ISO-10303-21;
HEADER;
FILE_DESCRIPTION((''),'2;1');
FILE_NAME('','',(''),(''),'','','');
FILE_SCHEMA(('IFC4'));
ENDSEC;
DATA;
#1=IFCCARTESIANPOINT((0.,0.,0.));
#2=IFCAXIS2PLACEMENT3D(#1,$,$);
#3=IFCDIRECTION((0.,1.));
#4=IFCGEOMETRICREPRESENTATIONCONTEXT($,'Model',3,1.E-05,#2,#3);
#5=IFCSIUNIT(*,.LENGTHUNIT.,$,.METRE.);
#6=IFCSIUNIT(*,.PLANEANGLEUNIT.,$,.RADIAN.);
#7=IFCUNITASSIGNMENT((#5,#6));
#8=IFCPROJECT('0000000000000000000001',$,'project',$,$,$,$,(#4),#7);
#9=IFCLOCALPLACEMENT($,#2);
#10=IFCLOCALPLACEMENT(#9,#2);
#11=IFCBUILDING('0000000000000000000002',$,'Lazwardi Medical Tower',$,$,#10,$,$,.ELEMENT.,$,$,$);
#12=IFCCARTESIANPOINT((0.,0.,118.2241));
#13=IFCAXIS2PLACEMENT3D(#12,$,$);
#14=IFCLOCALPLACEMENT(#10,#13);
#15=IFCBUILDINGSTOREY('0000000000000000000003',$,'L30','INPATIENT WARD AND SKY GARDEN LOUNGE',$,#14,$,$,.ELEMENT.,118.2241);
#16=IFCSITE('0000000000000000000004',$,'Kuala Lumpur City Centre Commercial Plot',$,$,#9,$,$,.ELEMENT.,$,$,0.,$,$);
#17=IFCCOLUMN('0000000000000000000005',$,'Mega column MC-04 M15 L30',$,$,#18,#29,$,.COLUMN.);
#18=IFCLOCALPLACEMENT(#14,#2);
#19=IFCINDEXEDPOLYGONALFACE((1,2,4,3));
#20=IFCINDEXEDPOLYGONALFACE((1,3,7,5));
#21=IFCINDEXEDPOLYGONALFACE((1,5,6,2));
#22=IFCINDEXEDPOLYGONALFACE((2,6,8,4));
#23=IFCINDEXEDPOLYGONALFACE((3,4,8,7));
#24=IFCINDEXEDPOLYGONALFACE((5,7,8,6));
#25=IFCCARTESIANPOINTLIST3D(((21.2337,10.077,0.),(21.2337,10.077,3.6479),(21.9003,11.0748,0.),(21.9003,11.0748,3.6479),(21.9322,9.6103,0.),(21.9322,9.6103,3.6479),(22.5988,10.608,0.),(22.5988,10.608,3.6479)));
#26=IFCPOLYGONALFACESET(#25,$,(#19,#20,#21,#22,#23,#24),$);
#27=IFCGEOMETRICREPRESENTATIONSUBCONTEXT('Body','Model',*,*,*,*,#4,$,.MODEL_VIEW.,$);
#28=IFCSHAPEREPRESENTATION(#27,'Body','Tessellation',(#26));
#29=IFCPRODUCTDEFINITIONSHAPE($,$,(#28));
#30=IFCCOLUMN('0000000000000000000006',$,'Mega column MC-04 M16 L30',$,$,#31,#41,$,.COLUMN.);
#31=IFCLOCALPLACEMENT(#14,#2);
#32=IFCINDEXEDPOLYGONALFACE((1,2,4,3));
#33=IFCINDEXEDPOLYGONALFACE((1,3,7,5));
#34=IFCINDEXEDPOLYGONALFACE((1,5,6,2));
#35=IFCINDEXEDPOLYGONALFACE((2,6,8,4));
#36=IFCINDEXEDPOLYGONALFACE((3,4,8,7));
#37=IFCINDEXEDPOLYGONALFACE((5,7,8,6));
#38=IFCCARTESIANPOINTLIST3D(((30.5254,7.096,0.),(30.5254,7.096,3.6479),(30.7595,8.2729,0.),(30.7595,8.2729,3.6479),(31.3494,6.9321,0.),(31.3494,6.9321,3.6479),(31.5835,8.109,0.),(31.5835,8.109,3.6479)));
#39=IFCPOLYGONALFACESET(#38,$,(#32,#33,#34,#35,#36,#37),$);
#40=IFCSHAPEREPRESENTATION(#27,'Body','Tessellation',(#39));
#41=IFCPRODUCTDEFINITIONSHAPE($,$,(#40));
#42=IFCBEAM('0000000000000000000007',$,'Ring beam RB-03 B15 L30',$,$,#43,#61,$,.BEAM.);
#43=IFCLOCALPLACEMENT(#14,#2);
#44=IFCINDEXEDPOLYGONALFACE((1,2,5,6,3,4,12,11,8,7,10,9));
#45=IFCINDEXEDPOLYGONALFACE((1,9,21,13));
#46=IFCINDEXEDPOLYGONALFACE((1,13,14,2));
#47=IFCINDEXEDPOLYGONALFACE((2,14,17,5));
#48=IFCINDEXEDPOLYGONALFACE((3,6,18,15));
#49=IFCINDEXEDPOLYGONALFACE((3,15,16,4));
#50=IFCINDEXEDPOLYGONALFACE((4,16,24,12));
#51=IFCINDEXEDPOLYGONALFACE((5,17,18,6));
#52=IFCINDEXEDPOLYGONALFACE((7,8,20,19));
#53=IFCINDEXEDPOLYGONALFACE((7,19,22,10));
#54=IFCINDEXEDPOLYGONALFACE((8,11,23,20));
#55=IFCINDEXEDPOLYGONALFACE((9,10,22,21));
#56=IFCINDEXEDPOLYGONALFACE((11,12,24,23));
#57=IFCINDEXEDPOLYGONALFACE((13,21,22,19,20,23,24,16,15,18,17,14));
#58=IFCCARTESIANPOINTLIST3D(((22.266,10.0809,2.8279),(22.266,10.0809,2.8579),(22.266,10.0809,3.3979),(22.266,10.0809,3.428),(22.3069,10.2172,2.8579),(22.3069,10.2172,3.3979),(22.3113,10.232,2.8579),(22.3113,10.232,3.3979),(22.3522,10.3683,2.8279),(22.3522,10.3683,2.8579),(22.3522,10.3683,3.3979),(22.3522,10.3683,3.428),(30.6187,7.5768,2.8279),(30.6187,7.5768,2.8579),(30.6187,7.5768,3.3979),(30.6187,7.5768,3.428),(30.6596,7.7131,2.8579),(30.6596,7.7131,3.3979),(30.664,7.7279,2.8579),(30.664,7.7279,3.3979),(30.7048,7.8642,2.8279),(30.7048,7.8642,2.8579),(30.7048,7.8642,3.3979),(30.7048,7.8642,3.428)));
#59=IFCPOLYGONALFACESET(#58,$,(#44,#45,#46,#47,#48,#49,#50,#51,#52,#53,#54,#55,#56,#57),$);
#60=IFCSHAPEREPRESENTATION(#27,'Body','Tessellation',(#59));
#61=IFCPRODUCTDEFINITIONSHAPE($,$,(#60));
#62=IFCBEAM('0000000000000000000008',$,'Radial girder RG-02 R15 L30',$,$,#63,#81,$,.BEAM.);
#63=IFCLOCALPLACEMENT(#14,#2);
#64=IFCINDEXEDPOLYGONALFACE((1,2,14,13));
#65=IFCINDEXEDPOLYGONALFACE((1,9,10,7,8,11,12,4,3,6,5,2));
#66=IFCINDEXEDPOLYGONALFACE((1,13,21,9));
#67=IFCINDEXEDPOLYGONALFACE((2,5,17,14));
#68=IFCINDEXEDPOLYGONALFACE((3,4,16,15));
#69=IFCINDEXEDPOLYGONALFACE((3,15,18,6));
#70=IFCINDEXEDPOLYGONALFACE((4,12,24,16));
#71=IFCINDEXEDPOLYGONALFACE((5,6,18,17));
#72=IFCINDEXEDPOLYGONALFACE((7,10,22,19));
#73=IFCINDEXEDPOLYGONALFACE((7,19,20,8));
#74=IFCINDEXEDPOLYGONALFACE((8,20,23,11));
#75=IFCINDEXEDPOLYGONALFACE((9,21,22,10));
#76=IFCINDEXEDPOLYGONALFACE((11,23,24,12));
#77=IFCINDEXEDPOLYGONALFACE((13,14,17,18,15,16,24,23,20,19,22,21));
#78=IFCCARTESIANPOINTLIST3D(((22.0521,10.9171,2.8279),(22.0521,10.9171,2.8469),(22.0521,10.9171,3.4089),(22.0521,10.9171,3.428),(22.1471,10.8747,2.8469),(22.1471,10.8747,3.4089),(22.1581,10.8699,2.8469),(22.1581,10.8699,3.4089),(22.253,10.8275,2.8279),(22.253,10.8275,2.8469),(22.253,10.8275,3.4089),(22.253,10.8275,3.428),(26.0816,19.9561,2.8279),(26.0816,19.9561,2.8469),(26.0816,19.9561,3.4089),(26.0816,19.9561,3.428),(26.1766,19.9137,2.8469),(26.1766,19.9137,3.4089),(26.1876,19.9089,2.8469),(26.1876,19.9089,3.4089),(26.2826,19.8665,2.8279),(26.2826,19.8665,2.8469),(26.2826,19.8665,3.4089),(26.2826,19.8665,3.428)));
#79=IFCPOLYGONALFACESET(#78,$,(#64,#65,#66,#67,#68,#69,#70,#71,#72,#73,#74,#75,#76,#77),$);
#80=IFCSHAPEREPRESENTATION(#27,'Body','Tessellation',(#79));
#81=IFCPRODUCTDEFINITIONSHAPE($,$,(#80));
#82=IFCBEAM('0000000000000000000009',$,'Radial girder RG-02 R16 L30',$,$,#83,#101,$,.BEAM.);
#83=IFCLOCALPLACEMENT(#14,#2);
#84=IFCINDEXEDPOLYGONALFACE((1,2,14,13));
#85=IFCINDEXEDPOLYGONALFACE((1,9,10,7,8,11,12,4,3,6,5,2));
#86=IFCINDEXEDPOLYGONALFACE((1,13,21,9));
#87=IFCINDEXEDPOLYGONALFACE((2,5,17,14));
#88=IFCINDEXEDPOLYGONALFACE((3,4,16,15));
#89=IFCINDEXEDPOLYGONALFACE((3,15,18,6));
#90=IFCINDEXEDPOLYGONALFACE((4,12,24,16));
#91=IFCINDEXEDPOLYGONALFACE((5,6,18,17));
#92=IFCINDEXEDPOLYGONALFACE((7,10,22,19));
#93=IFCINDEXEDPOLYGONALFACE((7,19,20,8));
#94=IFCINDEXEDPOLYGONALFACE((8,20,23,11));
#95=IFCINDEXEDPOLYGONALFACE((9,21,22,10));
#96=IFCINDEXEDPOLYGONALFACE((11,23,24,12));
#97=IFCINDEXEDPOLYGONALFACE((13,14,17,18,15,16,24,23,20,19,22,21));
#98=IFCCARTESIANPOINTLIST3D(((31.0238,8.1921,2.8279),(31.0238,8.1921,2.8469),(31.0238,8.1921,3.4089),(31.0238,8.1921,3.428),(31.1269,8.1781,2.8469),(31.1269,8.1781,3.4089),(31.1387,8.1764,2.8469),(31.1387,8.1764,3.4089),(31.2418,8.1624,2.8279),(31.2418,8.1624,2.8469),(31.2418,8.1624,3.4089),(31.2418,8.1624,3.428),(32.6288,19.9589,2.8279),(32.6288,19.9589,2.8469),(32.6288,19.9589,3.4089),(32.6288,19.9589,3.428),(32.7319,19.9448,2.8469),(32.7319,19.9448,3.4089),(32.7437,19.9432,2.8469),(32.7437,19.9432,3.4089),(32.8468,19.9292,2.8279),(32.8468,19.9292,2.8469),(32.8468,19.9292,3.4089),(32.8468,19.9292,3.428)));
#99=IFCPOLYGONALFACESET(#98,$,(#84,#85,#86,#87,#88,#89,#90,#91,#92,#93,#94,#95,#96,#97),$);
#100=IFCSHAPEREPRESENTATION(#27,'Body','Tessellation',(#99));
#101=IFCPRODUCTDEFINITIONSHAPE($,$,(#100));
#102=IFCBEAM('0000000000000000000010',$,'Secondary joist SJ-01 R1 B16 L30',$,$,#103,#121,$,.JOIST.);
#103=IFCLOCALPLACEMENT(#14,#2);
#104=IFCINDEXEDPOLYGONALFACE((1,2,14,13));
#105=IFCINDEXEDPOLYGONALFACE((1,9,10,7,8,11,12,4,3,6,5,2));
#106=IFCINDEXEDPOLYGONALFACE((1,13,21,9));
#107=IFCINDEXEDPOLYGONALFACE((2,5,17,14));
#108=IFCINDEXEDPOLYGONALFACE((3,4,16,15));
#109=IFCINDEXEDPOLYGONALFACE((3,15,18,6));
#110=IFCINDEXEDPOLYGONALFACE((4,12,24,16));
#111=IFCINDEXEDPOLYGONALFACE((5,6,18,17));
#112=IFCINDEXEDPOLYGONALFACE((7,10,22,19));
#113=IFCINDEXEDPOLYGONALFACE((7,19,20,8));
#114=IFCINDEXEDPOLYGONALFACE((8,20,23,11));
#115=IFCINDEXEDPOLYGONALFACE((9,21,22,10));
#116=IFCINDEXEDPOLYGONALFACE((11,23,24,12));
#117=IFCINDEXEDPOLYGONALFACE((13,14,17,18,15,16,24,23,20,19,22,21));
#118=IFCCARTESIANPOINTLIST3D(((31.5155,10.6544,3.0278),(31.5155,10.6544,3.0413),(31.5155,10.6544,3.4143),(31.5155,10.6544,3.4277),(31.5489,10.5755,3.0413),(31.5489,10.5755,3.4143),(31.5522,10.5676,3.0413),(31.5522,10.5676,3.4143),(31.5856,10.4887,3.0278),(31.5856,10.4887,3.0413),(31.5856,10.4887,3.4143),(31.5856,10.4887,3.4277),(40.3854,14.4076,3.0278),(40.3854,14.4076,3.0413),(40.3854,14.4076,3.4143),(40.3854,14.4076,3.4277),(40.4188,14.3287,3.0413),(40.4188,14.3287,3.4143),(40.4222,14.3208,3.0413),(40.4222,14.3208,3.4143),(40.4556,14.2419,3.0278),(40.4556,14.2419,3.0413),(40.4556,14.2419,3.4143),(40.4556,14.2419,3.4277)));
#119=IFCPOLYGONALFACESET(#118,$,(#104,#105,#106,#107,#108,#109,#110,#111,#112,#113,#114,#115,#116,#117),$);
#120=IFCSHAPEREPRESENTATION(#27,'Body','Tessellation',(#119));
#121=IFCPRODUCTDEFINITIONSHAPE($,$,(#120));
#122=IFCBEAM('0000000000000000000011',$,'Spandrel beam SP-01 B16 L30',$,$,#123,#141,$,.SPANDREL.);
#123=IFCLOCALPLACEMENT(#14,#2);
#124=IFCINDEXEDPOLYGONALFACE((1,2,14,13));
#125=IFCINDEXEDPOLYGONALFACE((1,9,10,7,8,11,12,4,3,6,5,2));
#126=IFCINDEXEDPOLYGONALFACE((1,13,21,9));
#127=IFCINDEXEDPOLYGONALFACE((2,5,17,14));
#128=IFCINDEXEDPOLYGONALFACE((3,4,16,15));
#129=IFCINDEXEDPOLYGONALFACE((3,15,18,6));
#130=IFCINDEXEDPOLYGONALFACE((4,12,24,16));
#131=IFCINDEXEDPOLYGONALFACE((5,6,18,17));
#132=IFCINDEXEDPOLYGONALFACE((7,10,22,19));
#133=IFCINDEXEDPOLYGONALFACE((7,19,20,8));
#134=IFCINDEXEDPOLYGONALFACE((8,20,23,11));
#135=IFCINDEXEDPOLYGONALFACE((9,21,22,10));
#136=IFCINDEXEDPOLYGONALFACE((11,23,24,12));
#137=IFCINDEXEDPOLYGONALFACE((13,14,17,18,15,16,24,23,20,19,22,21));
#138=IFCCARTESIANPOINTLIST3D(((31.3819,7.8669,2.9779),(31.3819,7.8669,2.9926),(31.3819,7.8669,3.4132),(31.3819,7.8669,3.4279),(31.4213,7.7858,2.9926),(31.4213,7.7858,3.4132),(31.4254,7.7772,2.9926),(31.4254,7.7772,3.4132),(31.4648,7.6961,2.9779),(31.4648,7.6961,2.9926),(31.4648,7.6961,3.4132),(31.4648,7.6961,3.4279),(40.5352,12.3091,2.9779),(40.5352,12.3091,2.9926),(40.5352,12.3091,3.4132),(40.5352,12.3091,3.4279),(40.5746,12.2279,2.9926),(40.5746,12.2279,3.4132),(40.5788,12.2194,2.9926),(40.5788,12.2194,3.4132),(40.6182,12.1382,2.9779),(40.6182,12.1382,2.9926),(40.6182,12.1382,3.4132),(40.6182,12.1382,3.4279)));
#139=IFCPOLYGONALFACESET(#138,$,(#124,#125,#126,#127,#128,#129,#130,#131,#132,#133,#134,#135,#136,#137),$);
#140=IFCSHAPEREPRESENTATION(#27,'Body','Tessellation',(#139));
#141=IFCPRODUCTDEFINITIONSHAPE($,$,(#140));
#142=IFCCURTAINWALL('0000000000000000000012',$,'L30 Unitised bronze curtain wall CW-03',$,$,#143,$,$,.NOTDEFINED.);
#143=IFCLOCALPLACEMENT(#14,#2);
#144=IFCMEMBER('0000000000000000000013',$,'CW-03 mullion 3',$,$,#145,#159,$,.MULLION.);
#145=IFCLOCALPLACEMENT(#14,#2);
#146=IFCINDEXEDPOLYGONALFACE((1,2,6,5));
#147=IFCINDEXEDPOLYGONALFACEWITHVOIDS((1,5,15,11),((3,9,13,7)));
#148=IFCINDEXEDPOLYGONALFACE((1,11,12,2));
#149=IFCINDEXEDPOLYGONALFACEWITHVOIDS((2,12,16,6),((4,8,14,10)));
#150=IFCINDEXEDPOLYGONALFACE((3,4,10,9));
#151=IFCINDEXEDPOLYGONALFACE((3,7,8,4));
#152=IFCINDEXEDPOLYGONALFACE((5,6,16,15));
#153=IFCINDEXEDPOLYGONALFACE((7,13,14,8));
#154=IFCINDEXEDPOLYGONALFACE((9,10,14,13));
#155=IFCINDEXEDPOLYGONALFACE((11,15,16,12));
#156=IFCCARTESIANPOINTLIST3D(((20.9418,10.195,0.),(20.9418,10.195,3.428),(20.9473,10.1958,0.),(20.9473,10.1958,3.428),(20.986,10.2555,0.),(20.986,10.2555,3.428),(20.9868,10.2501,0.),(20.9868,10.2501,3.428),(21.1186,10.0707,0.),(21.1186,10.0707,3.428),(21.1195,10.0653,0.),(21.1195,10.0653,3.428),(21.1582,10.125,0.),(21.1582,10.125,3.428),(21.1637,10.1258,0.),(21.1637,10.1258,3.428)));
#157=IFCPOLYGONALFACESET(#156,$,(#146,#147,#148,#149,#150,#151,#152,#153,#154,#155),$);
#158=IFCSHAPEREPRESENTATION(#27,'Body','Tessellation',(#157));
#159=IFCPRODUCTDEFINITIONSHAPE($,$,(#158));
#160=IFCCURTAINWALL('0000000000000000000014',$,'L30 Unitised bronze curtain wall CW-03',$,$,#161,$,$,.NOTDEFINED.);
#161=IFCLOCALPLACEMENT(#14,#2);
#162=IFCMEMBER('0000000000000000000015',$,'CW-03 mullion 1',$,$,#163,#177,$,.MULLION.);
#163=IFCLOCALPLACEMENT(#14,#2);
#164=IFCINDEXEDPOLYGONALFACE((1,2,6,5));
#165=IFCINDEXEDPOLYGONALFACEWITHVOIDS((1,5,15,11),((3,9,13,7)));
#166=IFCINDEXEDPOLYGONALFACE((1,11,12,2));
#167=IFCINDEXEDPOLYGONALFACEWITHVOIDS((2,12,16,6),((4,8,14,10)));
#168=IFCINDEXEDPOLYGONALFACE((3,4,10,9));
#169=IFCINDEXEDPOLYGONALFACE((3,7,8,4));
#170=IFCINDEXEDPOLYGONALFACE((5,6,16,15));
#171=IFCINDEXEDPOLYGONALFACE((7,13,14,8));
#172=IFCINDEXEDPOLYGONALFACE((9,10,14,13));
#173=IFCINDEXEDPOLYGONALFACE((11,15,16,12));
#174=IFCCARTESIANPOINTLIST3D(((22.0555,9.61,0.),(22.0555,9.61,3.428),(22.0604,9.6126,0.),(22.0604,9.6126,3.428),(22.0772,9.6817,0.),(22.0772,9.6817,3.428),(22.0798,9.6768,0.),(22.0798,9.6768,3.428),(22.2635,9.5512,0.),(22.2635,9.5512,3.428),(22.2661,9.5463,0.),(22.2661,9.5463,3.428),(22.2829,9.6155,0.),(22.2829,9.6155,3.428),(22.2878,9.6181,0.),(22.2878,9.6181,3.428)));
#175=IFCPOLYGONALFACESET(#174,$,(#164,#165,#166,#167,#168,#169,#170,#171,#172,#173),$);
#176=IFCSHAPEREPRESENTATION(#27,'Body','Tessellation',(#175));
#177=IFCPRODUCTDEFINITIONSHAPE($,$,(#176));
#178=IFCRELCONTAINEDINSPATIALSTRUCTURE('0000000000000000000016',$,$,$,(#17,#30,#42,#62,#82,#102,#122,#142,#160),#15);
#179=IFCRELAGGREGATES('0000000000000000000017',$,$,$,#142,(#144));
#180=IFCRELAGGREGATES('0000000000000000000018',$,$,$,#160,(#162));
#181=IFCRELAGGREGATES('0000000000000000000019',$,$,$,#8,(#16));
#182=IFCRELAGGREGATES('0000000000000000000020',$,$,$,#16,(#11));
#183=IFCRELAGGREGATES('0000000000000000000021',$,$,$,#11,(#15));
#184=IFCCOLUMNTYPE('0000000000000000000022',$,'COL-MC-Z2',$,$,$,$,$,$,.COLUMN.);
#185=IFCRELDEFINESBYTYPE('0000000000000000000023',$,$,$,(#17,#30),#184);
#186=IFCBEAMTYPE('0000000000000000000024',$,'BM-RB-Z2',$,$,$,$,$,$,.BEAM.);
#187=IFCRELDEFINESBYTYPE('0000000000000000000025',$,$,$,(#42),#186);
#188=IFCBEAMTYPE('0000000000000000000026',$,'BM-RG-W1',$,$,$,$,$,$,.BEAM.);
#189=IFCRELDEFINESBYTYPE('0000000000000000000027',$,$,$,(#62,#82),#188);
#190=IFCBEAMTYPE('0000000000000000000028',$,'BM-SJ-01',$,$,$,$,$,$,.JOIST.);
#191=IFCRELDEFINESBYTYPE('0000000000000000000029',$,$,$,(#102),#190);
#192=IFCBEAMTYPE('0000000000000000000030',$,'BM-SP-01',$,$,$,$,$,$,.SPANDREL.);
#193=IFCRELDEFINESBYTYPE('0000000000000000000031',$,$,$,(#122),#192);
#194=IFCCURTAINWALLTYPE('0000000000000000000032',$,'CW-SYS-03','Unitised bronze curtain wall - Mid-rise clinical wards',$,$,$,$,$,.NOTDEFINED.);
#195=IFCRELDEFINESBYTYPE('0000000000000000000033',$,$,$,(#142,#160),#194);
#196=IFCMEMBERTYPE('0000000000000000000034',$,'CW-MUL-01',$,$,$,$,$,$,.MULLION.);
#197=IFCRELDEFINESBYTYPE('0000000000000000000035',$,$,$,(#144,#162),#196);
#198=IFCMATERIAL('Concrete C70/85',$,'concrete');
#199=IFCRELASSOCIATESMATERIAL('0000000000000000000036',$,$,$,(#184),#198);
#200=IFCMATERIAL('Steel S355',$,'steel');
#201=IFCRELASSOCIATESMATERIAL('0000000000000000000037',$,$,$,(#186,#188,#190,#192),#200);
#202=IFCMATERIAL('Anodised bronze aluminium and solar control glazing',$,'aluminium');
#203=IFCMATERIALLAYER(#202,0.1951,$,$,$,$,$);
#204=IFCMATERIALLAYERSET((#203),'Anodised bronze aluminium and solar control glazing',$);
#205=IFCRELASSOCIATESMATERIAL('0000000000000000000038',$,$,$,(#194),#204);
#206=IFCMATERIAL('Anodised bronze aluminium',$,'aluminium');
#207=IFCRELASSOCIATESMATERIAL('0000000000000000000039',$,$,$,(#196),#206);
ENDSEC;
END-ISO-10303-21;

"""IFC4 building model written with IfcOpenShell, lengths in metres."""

from ifc_helpers import new_model, si_unit, direction, frame, origin, origin_2d, place, context, subcontext, project, spatial, rectangle, hollow_rectangle, i_section, extrude, material, layer, layer_set, material_profile, profile_set, type_object, element, aggregate, save


model = new_model("IFC4")

# Units and contexts
model_context = context("Model", 3, precision=1e-05, world=origin(), true_north=direction((0.0, 1.0)))
body_context = subcontext(model_context, "Body", "Model", "MODEL_VIEW")
ifc_project = project(units=[si_unit("LENGTHUNIT", "METRE"), si_unit("PLANEANGLEUNIT", "RADIAN")], contexts=[model_context])

# Site, building, storey
site_placement = place(None, origin())
site = spatial("IfcSite", under=ifc_project, at=site_placement, Name="Kuala Lumpur City Centre Commercial Plot", CompositionType="ELEMENT", RefElevation=0.0)
building_placement = place(site_placement, origin())
building = spatial("IfcBuilding", under=site, at=building_placement, Name="Lazwardi Medical Tower", CompositionType="ELEMENT")
storey_placement = place(building_placement, frame((0.0, 0.0, 118.2241)))
storey = spatial("IfcBuildingStorey", under=building, at=storey_placement, Name="L30", Description="INPATIENT WARD AND SKY GARDEN LOUNGE", CompositionType="ELEMENT", Elevation=118.2241)

# Columns
ifc_material_1 = material(Name="Concrete C70/85", Category="concrete")
ifc_material_profile_1 = material_profile(ifc_material_1, rectangle(XDim=1.2, YDim=0.8401, at=origin_2d()), Name="CFT-RECT 1200x840")
ifc_profile_set_1 = profile_set([ifc_material_profile_1], Name="Concrete C70/85")
column_type = type_object("IfcColumnType", Name="COL-MC-Z2", PredefinedType="COLUMN", material=ifc_profile_set_1)
for number, where, z_axis, x_axis, name in (
    (1, (21.9163, 10.3425, 0.0), (0.0, 0.0, 1.0), (-0.55557, -0.83147, 0.0), "Mega column MC-04 M15 L30"),
    (2, (31.0544, 7.6025, 0.0), (0.0, 0.0, 1.0), (-0.19509, -0.980785, 0.0), "Mega column MC-04 M16 L30"),
):
    element("IfcColumn", number, at=place(storey_placement, frame(where, z_axis=z_axis, x_axis=x_axis)), inside=storey, type_object=column_type, Name=name, PredefinedType="COLUMN", context=body_context, shape_type="SweptSolid", body=[
        extrude(rectangle(XDim=1.2, YDim=0.8401, at=origin_2d()), origin(), (0.0, 0.0, 1.0), 3.6479),
    ])

# Beams
ifc_material_2 = material(Name="Steel S355", Category="steel")
ifc_material_profile_2 = material_profile(ifc_material_2, i_section(OverallWidth=0.3, OverallDepth=0.6001, WebThickness=0.0154, FlangeThickness=0.03, at=origin_2d()), Name="HEB 600")
ifc_profile_set_2 = profile_set([ifc_material_profile_2], Name="Steel S355")
beam_type_1 = type_object("IfcBeamType", Name="BM-RB-Z2", PredefinedType="BEAM", material=ifc_profile_set_2)
beam_1_placement = place(storey_placement, frame((22.3091, 10.2246, 3.1279), z_axis=(0.957879, -0.287171, 0.0), x_axis=(0.287171, 0.957879, 0.0)))
element("IfcBeam", 3, at=beam_1_placement, inside=storey, type_object=beam_type_1, Name="Ring beam RB-03 B15 L30", PredefinedType="BEAM", context=body_context, shape_type="SweptSolid", body=[
    extrude(i_section(OverallWidth=0.3, OverallDepth=0.6001, WebThickness=0.0154, FlangeThickness=0.03, at=origin_2d()), origin(), (0.0, 0.0, 1.0), 8.72),
])
ifc_material_profile_3 = material_profile(ifc_material_2, i_section(OverallWidth=0.22, OverallDepth=0.6001, WebThickness=0.012, FlangeThickness=0.019, at=origin_2d()), Name="IPE 600")
ifc_profile_set_3 = profile_set([ifc_material_profile_3], Name="Steel S355")
beam_type_2 = type_object("IfcBeamType", Name="BM-RG-W1", PredefinedType="BEAM", material=ifc_profile_set_3)
beam_2_placement = place(storey_placement, frame((22.1526, 10.8723, 3.1279), z_axis=(0.407166, 0.913354, 0.0), x_axis=(-0.913354, 0.407166, 0.0)))
element("IfcBeam", 4, at=beam_2_placement, inside=storey, type_object=beam_type_2, Name="Radial girder RG-02 R15 L30", PredefinedType="BEAM", context=body_context, shape_type="SweptSolid", body=[
    extrude(i_section(OverallWidth=0.22, OverallDepth=0.6001, WebThickness=0.012, FlangeThickness=0.019, at=origin_2d()), origin(), (0.0, 0.0, 1.0), 9.8965),
])
beam_3_placement = place(storey_placement, frame((31.1328, 8.1772, 3.1279), z_axis=(0.135147, 0.990826, 0.0), x_axis=(-0.990826, 0.135147, 0.0)))
element("IfcBeam", 5, at=beam_3_placement, inside=storey, type_object=beam_type_2, Name="Radial girder RG-02 R16 L30", PredefinedType="BEAM", context=body_context, shape_type="SweptSolid", body=[
    extrude(i_section(OverallWidth=0.22, OverallDepth=0.6001, WebThickness=0.012, FlangeThickness=0.019, at=origin_2d()), origin(), (0.0, 0.0, 1.0), 11.8757),
])
ifc_material_profile_4 = material_profile(ifc_material_2, i_section(OverallWidth=0.1799, OverallDepth=0.3999, WebThickness=0.0085, FlangeThickness=0.0134, at=origin_2d()), Name="IPE 400")
ifc_profile_set_4 = profile_set([ifc_material_profile_4], Name="Steel S355")
beam_type_3 = type_object("IfcBeamType", Name="BM-SJ-01", PredefinedType="JOIST", material=ifc_profile_set_4)
beam_4_placement = place(storey_placement, frame((31.5505, 10.5715, 3.2278), z_axis=(0.920947, 0.389687, 0.0), x_axis=(-0.389687, 0.920947, 0.0)))
element("IfcBeam", 6, at=beam_4_placement, inside=storey, type_object=beam_type_3, Name="Secondary joist SJ-01 R1 B16 L30", PredefinedType="JOIST", context=body_context, shape_type="SweptSolid", body=[
    extrude(i_section(OverallWidth=0.1799, OverallDepth=0.3999, WebThickness=0.0085, FlangeThickness=0.0134, at=origin_2d()), origin(), (0.0, 0.0, 1.0), 9.6313),
])
ifc_material_profile_5 = material_profile(ifc_material_2, i_section(OverallWidth=0.1899, OverallDepth=0.45, WebThickness=0.0095, FlangeThickness=0.0146, at=origin_2d()), Name="IPE 450")
ifc_profile_set_5 = profile_set([ifc_material_profile_5], Name="Steel S355")
beam_type_4 = type_object("IfcBeamType", Name="BM-SP-01", PredefinedType="SPANDREL", material=ifc_profile_set_5)
beam_5_placement = place(storey_placement, frame((31.4233, 7.7815, 3.2029), z_axis=(0.899653, 0.436605, 0.0), x_axis=(-0.436605, 0.899653, 0.0)))
element("IfcBeam", 7, at=beam_5_placement, inside=storey, type_object=beam_type_4, Name="Spandrel beam SP-01 B16 L30", PredefinedType="SPANDREL", context=body_context, shape_type="SweptSolid", body=[
    extrude(i_section(OverallWidth=0.1899, OverallDepth=0.45, WebThickness=0.0095, FlangeThickness=0.0146, at=origin_2d()), origin(), (0.0, 0.0, 1.0), 10.1743),
])

# Curtain wall, member
ifc_material_3 = material(Name="Anodised bronze aluminium and solar control glazing", Category="aluminium")
ifc_layer_1 = layer(ifc_material_3, 0.1951)
ifc_layer_set_1 = layer_set([ifc_layer_1], Name="Anodised bronze aluminium and solar control glazing")
curtain_wall_type = type_object("IfcCurtainWallType", Name="CW-SYS-03", Description="Unitised bronze curtain wall - Mid-rise clinical wards", PredefinedType="NOTDEFINED", material=ifc_layer_set_1)
curtain_wall_1_placement = place(storey_placement, origin())
curtain_wall_1 = element("IfcCurtainWall", 8, at=curtain_wall_1_placement, inside=storey, type_object=curtain_wall_type, Name="L30 Unitised bronze curtain wall CW-03", PredefinedType="NOTDEFINED")
ifc_material_4 = material(Name="Anodised bronze aluminium", Category="aluminium")
ifc_material_profile_6 = material_profile(ifc_material_4, hollow_rectangle(XDim=0.075, YDim=0.22, WallThickness=0.0039, at=origin_2d()), Name="ALU-MULLION 220x75x4")
ifc_profile_set_6 = profile_set([ifc_material_profile_6], Name="Anodised bronze aluminium")
member_type_1 = type_object("IfcMemberType", Name="CW-MUL-01", PredefinedType="MULLION", material=ifc_profile_set_6)
member_1_placement = place(storey_placement, frame((21.0527, 10.1604, 0.0), z_axis=(0.0, 0.0, 1.0), x_axis=(0.589531, 0.807746, 0.0)))
member_1 = element("IfcMember", 9, at=member_1_placement, type_object=member_type_1, Name="CW-03 mullion 3", PredefinedType="MULLION", context=body_context, shape_type="SweptSolid", body=[
    extrude(hollow_rectangle(XDim=0.075, YDim=0.22, WallThickness=0.0039, at=origin_2d()), origin(), (0.0, 0.0, 1.0), 3.428),
])

# Curtain wall, member
curtain_wall_2_placement = place(storey_placement, origin())
curtain_wall_2 = element("IfcCurtainWall", 10, at=curtain_wall_2_placement, inside=storey, type_object=curtain_wall_type, Name="L30 Unitised bronze curtain wall CW-03", PredefinedType="NOTDEFINED")
member_2_placement = place(storey_placement, frame((22.1716, 9.614, 0.0), z_axis=(0.0, 0.0, 1.0), x_axis=(0.289374, 0.957216, 0.0)))
member_2 = element("IfcMember", 11, at=member_2_placement, type_object=member_type_1, Name="CW-03 mullion 1", PredefinedType="MULLION", context=body_context, shape_type="SweptSolid", body=[
    extrude(hollow_rectangle(XDim=0.075, YDim=0.22, WallThickness=0.0039, at=origin_2d()), origin(), (0.0, 0.0, 1.0), 3.428),
])

aggregate(curtain_wall_1, [member_1])
aggregate(curtain_wall_2, [member_2])

save(model, "model.ifc")
